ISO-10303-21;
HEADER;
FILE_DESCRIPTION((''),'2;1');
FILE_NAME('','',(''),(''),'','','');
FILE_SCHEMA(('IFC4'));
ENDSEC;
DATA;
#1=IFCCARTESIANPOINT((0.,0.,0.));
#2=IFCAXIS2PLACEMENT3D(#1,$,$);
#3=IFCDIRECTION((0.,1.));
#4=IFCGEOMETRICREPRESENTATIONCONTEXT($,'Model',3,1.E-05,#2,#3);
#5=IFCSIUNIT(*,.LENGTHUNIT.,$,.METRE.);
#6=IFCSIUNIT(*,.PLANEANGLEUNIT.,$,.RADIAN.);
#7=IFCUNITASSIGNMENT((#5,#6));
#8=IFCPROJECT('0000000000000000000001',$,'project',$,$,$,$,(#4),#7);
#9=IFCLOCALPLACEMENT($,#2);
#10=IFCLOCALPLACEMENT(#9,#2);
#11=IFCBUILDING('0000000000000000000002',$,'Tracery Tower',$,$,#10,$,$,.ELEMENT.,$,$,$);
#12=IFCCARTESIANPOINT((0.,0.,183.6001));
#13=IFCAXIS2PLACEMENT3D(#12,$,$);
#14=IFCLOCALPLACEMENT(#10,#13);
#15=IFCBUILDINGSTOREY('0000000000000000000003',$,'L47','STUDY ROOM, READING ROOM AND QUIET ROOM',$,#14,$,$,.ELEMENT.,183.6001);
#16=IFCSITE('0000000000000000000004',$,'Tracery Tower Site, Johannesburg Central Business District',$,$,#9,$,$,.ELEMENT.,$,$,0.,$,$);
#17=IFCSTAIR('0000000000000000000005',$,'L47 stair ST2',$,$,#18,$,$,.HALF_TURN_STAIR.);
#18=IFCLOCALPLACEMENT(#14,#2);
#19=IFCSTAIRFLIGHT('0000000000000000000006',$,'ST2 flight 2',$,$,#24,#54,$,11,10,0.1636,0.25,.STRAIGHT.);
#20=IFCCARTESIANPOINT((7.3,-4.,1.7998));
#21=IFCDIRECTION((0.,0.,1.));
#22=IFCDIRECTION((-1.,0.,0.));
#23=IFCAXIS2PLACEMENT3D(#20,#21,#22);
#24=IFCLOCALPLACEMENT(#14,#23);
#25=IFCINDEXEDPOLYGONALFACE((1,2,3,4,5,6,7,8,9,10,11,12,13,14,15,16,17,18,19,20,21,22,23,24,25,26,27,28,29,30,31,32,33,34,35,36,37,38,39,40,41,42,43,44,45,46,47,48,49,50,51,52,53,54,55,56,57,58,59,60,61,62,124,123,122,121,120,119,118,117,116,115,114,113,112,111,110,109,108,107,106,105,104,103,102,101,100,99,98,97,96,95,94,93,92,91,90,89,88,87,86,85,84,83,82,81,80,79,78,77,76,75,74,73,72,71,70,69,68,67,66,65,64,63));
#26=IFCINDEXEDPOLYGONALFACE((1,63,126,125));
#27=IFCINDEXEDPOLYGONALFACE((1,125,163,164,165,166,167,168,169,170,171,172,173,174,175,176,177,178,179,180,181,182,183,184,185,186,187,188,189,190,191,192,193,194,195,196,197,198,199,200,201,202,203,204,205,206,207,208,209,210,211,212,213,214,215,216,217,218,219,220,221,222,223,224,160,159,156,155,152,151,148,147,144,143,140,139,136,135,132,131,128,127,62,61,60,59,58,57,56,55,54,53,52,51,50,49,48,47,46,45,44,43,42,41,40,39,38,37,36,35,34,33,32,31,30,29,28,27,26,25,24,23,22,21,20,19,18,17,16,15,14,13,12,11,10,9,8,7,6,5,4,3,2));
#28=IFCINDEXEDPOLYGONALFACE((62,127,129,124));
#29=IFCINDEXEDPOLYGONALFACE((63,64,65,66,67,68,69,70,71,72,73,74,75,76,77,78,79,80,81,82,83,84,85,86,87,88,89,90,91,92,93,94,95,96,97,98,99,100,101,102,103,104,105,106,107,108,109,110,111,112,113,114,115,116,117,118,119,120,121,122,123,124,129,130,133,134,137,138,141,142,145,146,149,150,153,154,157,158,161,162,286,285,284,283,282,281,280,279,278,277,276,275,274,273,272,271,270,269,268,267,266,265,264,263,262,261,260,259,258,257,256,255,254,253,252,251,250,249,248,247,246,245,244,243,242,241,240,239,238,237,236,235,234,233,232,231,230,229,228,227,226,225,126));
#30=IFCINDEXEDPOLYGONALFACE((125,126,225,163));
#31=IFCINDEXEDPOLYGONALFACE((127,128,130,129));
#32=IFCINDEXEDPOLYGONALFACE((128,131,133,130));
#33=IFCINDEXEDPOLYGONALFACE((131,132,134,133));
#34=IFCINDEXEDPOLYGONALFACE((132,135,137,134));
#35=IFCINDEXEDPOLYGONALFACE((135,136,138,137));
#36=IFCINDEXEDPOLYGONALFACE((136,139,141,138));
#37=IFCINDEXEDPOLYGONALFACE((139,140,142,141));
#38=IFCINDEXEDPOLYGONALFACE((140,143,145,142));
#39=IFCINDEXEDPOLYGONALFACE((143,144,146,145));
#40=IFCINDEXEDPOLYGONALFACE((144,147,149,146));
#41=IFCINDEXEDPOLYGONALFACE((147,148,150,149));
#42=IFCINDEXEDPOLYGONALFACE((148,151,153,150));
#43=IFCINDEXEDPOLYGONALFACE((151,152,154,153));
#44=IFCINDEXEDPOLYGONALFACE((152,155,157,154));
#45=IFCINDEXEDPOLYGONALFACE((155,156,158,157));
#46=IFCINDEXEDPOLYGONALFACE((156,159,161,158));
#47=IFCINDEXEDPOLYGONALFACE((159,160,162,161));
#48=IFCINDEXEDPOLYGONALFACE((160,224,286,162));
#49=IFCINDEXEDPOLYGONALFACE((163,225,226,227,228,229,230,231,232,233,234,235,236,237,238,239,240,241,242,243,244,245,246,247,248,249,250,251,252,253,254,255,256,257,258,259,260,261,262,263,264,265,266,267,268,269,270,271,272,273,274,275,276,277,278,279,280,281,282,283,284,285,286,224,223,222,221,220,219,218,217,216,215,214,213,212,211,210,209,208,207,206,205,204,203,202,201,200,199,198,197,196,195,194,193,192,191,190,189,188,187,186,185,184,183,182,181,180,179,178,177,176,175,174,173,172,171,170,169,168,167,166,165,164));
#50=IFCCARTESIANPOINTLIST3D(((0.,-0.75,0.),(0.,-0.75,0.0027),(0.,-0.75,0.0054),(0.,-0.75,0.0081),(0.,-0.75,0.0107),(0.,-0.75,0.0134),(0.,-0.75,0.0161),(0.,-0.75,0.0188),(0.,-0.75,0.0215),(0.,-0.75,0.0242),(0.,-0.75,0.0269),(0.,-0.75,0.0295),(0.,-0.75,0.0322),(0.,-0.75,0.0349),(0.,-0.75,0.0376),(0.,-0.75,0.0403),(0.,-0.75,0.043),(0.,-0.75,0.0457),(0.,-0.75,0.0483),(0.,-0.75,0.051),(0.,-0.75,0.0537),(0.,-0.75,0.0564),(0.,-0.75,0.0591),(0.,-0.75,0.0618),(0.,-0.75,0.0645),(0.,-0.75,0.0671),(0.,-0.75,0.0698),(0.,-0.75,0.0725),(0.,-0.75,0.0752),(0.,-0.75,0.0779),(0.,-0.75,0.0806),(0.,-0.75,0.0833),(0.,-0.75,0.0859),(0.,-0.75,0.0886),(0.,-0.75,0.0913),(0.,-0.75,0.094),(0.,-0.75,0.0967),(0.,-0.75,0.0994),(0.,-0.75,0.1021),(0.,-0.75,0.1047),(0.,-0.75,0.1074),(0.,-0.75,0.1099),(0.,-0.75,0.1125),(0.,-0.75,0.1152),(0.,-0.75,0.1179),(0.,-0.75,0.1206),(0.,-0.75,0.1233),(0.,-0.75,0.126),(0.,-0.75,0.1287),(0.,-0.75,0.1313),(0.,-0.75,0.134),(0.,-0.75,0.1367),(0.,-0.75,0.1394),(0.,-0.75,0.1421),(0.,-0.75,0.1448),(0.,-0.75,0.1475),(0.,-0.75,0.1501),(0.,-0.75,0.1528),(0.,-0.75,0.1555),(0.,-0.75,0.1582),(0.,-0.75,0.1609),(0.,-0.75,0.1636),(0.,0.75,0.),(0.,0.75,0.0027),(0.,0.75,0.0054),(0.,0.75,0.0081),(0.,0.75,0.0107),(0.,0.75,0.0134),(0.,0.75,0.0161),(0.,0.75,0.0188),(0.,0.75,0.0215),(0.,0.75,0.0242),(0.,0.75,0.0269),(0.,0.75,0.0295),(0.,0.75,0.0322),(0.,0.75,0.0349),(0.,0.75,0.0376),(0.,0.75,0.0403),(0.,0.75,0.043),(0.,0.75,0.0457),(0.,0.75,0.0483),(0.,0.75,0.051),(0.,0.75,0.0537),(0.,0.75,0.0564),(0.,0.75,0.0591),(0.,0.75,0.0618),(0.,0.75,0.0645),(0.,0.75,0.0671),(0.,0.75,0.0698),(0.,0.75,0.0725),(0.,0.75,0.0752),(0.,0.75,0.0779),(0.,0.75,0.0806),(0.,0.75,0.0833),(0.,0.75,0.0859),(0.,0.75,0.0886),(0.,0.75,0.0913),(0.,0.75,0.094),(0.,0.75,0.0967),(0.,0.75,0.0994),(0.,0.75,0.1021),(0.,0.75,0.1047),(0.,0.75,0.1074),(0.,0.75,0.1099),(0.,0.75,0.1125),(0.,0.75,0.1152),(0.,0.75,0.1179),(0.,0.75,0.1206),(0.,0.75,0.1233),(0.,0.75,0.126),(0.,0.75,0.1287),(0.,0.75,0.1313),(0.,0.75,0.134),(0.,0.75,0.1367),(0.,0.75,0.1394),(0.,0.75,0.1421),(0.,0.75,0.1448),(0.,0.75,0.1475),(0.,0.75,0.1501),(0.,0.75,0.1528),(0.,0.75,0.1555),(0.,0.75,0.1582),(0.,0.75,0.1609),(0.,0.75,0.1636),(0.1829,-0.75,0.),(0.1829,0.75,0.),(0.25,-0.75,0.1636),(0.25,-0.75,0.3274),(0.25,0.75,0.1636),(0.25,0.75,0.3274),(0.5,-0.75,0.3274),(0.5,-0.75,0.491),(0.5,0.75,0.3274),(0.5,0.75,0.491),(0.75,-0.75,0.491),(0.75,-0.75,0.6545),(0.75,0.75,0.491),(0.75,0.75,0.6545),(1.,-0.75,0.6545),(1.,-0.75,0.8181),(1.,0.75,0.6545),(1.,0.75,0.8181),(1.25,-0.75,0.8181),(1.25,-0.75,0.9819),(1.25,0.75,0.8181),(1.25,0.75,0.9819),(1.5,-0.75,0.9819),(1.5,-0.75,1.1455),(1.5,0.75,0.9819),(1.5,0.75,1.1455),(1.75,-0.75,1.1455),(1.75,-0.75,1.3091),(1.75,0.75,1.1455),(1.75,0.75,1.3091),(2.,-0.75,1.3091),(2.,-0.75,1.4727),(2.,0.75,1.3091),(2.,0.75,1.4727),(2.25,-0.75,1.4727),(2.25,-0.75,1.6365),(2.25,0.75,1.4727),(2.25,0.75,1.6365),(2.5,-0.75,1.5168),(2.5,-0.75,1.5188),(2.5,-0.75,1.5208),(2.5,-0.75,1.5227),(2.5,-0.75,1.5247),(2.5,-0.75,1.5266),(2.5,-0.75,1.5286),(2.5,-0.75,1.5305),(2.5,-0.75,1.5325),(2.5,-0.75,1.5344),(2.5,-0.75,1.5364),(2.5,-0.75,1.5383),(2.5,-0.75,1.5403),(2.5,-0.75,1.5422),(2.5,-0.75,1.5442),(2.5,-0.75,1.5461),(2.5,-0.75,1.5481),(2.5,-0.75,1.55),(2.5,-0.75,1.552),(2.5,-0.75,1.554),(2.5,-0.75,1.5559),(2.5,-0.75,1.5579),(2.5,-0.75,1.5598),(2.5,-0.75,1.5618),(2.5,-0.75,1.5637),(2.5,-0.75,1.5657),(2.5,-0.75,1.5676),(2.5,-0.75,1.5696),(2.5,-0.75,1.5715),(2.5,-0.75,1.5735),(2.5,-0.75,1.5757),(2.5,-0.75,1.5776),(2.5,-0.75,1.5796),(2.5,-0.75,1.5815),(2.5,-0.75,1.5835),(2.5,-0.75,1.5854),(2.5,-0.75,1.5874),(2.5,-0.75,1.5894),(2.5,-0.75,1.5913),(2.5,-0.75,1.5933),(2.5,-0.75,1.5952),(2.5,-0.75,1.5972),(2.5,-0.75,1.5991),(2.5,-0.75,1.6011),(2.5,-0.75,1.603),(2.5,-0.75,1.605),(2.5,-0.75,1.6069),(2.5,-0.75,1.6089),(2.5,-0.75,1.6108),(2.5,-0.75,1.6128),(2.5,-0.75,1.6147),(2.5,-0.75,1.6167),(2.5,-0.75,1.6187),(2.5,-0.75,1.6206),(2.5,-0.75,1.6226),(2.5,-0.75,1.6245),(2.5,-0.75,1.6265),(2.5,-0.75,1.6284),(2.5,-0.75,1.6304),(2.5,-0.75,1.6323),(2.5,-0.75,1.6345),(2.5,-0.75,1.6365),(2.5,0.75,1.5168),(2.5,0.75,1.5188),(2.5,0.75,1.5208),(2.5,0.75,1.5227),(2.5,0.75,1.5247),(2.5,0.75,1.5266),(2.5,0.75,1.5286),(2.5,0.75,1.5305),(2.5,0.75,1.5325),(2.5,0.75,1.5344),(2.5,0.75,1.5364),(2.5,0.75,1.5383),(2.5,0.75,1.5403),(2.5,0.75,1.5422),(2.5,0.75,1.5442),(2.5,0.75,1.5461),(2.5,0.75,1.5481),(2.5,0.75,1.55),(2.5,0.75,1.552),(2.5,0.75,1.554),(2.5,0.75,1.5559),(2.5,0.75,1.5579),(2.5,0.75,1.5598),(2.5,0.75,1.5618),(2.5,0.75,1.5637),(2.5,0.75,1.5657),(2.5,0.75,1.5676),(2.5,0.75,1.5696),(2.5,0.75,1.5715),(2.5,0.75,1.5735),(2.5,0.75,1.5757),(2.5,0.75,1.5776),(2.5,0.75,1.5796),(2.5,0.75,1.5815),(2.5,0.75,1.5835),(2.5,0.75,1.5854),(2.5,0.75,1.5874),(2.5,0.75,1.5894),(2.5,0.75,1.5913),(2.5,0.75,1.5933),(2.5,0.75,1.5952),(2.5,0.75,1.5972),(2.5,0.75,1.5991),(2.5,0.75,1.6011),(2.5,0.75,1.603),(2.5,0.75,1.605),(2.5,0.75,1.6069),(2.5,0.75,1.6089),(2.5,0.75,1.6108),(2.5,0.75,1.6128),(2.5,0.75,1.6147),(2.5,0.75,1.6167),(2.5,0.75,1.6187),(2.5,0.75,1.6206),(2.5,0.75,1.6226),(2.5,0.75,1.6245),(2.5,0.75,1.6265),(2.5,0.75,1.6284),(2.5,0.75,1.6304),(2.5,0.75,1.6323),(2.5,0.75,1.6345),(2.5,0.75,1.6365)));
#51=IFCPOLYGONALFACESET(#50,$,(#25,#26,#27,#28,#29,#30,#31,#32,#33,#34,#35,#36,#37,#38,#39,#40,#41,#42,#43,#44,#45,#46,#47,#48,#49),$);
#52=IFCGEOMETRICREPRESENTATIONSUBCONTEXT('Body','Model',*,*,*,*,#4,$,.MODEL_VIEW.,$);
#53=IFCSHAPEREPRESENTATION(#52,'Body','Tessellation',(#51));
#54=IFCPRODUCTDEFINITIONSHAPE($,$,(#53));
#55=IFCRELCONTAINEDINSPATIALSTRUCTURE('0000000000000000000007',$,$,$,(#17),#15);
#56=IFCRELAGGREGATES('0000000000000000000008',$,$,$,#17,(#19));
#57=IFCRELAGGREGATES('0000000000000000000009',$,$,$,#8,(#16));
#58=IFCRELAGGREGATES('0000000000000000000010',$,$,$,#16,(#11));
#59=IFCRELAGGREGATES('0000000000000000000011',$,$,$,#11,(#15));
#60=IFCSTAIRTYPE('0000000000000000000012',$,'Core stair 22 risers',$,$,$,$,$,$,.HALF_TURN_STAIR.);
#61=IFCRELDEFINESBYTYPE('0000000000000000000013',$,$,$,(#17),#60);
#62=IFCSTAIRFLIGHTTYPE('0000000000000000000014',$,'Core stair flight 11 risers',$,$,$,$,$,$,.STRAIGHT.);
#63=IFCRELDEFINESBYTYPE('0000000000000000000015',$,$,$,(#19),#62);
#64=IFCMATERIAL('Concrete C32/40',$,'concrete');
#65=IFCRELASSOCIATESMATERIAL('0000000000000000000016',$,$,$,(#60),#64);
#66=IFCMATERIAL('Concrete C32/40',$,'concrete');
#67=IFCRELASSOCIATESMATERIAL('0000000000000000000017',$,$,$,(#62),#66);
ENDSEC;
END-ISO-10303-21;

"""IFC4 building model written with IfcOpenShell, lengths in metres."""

from ifc_helpers import new_model, si_unit, direction, frame, origin, place, context, subcontext, project, spatial, polyline, outline, extrude, material, type_object, element, aggregate, save


model = new_model("IFC4")

# Units and contexts
model_context = context("Model", 3, precision=1e-05, world=origin(), true_north=direction((0.0, 1.0)))
body_context = subcontext(model_context, "Body", "Model", "MODEL_VIEW")
ifc_project = project(units=[si_unit("LENGTHUNIT", "METRE"), si_unit("PLANEANGLEUNIT", "RADIAN")], contexts=[model_context])

# Site, building, storey
site_placement = place(None, origin())
site = spatial("IfcSite", under=ifc_project, at=site_placement, Name="Tracery Tower Site, Johannesburg Central Business District", CompositionType="ELEMENT", RefElevation=0.0)
building_placement = place(site_placement, origin())
building = spatial("IfcBuilding", under=site, at=building_placement, Name="Tracery Tower", CompositionType="ELEMENT")
storey_placement = place(building_placement, frame((0.0, 0.0, 183.6001)))
storey = spatial("IfcBuildingStorey", under=building, at=storey_placement, Name="L47", Description="STUDY ROOM, READING ROOM AND QUIET ROOM", CompositionType="ELEMENT", Elevation=183.6001)

# Stair, stair flight
ifc_material_1 = material(Name="Concrete C32/40", Category="concrete")
stair_type = type_object("IfcStairType", Name="Core stair 22 risers", PredefinedType="HALF_TURN_STAIR", material=ifc_material_1)
stair_placement = place(storey_placement, origin())
stair = element("IfcStair", 1, at=stair_placement, inside=storey, type_object=stair_type, Name="L47 stair ST2", PredefinedType="HALF_TURN_STAIR")
ifc_material_2 = material(Name="Concrete C32/40", Category="concrete")
stair_flight_type = type_object("IfcStairFlightType", Name="Core stair flight 11 risers", PredefinedType="STRAIGHT", material=ifc_material_2)
stair_flight_1_placement = place(storey_placement, frame((7.3, -4.0, 1.7998), z_axis=(0.0, 0.0, 1.0), x_axis=(-1.0, 0.0, 0.0)))
stair_flight_1 = element("IfcStairFlight", 2, at=stair_flight_1_placement, type_object=stair_flight_type, Name="ST2 flight 2", NumberOfRisers=11, NumberOfTreads=10, PredefinedType="STRAIGHT", RiserHeight=0.1636, TreadLength=0.25, context=body_context, shape_type="SweptSolid", body=[
    extrude(outline(polyline([(0.0, 0.0), (0.0, 0.0027), (0.0, 0.0054), (0.0, 0.0081), (0.0, 0.0107), (0.0, 0.0134), (0.0, 0.0161), (0.0, 0.0188), (0.0, 0.0215), (0.0, 0.0242), (0.0, 0.0269), (0.0, 0.0295), (0.0, 0.0322), (0.0, 0.0349), (0.0, 0.0376), (0.0, 0.0403), (0.0, 0.043), (0.0, 0.0457), (0.0, 0.0483), (0.0, 0.051), (0.0, 0.0537), (0.0, 0.0564), (0.0, 0.0591), (0.0, 0.0618), (0.0, 0.0645), (0.0, 0.0671), (0.0, 0.0698), (0.0, 0.0725), (0.0, 0.0752), (0.0, 0.0779), (0.0, 0.0806), (0.0, 0.0833), (0.0, 0.0859), (0.0, 0.0886), (0.0, 0.0913), (0.0, 0.094), (0.0, 0.0967), (0.0, 0.0994), (0.0, 0.1021), (0.0, 0.1047), (0.0, 0.1074), (0.0, 0.1099), (0.0, 0.1125), (0.0, 0.1152), (0.0, 0.1179), (0.0, 0.1206), (0.0, 0.1233), (0.0, 0.126), (0.0, 0.1287), (0.0, 0.1313), (0.0, 0.134), (0.0, 0.1367), (0.0, 0.1394), (0.0, 0.1421), (0.0, 0.1448), (0.0, 0.1475), (0.0, 0.1501), (0.0, 0.1528), (0.0, 0.1555), (0.0, 0.1582), (0.0, 0.1609), (0.0, 0.1636), (0.25, 0.1636), (0.25, 0.3274), (0.5, 0.3274), (0.5, 0.491), (0.75, 0.491), (0.75, 0.6545), (1.0, 0.6545), (1.0, 0.8181), (1.25, 0.8181), (1.25, 0.9819), (1.5, 0.9819), (1.5, 1.1455), (1.75, 1.1455), (1.75, 1.3091), (2.0, 1.3091), (2.0, 1.4727), (2.25, 1.4727), (2.25, 1.6365), (2.5, 1.6365), (2.5, 1.6345), (2.5, 1.6323), (2.5, 1.6304), (2.5, 1.6284), (2.5, 1.6265), (2.5, 1.6245), (2.5, 1.6226), (2.5, 1.6206), (2.5, 1.6187), (2.5, 1.6167), (2.5, 1.6147), (2.5, 1.6128), (2.5, 1.6108), (2.5, 1.6089), (2.5, 1.6069), (2.5, 1.605), (2.5, 1.603), (2.5, 1.6011), (2.5, 1.5991), (2.5, 1.5972), (2.5, 1.5952), (2.5, 1.5933), (2.5, 1.5913), (2.5, 1.5894), (2.5, 1.5874), (2.5, 1.5854), (2.5, 1.5835), (2.5, 1.5815), (2.5, 1.5796), (2.5, 1.5776), (2.5, 1.5757), (2.5, 1.5735), (2.5, 1.5715), (2.5, 1.5696), (2.5, 1.5676), (2.5, 1.5657), (2.5, 1.5637), (2.5, 1.5618), (2.5, 1.5598), (2.5, 1.5579), (2.5, 1.5559), (2.5, 1.554), (2.5, 1.552), (2.5, 1.55), (2.5, 1.5481), (2.5, 1.5461), (2.5, 1.5442), (2.5, 1.5422), (2.5, 1.5403), (2.5, 1.5383), (2.5, 1.5364), (2.5, 1.5344), (2.5, 1.5325), (2.5, 1.5305), (2.5, 1.5286), (2.5, 1.5266), (2.5, 1.5247), (2.5, 1.5227), (2.5, 1.5208), (2.5, 1.5188), (2.5, 1.5168), (0.1829, 0.0), (0.0, 0.0)])), frame((0.0, 0.75, 0.0), z_axis=(0.0, -1.0, 0.0), x_axis=(1.0, 0.0, 0.0)), (0.0, 0.0, 1.0), 1.5),
])
aggregate(stair, [stair_flight_1])

save(model, "model.ifc")
